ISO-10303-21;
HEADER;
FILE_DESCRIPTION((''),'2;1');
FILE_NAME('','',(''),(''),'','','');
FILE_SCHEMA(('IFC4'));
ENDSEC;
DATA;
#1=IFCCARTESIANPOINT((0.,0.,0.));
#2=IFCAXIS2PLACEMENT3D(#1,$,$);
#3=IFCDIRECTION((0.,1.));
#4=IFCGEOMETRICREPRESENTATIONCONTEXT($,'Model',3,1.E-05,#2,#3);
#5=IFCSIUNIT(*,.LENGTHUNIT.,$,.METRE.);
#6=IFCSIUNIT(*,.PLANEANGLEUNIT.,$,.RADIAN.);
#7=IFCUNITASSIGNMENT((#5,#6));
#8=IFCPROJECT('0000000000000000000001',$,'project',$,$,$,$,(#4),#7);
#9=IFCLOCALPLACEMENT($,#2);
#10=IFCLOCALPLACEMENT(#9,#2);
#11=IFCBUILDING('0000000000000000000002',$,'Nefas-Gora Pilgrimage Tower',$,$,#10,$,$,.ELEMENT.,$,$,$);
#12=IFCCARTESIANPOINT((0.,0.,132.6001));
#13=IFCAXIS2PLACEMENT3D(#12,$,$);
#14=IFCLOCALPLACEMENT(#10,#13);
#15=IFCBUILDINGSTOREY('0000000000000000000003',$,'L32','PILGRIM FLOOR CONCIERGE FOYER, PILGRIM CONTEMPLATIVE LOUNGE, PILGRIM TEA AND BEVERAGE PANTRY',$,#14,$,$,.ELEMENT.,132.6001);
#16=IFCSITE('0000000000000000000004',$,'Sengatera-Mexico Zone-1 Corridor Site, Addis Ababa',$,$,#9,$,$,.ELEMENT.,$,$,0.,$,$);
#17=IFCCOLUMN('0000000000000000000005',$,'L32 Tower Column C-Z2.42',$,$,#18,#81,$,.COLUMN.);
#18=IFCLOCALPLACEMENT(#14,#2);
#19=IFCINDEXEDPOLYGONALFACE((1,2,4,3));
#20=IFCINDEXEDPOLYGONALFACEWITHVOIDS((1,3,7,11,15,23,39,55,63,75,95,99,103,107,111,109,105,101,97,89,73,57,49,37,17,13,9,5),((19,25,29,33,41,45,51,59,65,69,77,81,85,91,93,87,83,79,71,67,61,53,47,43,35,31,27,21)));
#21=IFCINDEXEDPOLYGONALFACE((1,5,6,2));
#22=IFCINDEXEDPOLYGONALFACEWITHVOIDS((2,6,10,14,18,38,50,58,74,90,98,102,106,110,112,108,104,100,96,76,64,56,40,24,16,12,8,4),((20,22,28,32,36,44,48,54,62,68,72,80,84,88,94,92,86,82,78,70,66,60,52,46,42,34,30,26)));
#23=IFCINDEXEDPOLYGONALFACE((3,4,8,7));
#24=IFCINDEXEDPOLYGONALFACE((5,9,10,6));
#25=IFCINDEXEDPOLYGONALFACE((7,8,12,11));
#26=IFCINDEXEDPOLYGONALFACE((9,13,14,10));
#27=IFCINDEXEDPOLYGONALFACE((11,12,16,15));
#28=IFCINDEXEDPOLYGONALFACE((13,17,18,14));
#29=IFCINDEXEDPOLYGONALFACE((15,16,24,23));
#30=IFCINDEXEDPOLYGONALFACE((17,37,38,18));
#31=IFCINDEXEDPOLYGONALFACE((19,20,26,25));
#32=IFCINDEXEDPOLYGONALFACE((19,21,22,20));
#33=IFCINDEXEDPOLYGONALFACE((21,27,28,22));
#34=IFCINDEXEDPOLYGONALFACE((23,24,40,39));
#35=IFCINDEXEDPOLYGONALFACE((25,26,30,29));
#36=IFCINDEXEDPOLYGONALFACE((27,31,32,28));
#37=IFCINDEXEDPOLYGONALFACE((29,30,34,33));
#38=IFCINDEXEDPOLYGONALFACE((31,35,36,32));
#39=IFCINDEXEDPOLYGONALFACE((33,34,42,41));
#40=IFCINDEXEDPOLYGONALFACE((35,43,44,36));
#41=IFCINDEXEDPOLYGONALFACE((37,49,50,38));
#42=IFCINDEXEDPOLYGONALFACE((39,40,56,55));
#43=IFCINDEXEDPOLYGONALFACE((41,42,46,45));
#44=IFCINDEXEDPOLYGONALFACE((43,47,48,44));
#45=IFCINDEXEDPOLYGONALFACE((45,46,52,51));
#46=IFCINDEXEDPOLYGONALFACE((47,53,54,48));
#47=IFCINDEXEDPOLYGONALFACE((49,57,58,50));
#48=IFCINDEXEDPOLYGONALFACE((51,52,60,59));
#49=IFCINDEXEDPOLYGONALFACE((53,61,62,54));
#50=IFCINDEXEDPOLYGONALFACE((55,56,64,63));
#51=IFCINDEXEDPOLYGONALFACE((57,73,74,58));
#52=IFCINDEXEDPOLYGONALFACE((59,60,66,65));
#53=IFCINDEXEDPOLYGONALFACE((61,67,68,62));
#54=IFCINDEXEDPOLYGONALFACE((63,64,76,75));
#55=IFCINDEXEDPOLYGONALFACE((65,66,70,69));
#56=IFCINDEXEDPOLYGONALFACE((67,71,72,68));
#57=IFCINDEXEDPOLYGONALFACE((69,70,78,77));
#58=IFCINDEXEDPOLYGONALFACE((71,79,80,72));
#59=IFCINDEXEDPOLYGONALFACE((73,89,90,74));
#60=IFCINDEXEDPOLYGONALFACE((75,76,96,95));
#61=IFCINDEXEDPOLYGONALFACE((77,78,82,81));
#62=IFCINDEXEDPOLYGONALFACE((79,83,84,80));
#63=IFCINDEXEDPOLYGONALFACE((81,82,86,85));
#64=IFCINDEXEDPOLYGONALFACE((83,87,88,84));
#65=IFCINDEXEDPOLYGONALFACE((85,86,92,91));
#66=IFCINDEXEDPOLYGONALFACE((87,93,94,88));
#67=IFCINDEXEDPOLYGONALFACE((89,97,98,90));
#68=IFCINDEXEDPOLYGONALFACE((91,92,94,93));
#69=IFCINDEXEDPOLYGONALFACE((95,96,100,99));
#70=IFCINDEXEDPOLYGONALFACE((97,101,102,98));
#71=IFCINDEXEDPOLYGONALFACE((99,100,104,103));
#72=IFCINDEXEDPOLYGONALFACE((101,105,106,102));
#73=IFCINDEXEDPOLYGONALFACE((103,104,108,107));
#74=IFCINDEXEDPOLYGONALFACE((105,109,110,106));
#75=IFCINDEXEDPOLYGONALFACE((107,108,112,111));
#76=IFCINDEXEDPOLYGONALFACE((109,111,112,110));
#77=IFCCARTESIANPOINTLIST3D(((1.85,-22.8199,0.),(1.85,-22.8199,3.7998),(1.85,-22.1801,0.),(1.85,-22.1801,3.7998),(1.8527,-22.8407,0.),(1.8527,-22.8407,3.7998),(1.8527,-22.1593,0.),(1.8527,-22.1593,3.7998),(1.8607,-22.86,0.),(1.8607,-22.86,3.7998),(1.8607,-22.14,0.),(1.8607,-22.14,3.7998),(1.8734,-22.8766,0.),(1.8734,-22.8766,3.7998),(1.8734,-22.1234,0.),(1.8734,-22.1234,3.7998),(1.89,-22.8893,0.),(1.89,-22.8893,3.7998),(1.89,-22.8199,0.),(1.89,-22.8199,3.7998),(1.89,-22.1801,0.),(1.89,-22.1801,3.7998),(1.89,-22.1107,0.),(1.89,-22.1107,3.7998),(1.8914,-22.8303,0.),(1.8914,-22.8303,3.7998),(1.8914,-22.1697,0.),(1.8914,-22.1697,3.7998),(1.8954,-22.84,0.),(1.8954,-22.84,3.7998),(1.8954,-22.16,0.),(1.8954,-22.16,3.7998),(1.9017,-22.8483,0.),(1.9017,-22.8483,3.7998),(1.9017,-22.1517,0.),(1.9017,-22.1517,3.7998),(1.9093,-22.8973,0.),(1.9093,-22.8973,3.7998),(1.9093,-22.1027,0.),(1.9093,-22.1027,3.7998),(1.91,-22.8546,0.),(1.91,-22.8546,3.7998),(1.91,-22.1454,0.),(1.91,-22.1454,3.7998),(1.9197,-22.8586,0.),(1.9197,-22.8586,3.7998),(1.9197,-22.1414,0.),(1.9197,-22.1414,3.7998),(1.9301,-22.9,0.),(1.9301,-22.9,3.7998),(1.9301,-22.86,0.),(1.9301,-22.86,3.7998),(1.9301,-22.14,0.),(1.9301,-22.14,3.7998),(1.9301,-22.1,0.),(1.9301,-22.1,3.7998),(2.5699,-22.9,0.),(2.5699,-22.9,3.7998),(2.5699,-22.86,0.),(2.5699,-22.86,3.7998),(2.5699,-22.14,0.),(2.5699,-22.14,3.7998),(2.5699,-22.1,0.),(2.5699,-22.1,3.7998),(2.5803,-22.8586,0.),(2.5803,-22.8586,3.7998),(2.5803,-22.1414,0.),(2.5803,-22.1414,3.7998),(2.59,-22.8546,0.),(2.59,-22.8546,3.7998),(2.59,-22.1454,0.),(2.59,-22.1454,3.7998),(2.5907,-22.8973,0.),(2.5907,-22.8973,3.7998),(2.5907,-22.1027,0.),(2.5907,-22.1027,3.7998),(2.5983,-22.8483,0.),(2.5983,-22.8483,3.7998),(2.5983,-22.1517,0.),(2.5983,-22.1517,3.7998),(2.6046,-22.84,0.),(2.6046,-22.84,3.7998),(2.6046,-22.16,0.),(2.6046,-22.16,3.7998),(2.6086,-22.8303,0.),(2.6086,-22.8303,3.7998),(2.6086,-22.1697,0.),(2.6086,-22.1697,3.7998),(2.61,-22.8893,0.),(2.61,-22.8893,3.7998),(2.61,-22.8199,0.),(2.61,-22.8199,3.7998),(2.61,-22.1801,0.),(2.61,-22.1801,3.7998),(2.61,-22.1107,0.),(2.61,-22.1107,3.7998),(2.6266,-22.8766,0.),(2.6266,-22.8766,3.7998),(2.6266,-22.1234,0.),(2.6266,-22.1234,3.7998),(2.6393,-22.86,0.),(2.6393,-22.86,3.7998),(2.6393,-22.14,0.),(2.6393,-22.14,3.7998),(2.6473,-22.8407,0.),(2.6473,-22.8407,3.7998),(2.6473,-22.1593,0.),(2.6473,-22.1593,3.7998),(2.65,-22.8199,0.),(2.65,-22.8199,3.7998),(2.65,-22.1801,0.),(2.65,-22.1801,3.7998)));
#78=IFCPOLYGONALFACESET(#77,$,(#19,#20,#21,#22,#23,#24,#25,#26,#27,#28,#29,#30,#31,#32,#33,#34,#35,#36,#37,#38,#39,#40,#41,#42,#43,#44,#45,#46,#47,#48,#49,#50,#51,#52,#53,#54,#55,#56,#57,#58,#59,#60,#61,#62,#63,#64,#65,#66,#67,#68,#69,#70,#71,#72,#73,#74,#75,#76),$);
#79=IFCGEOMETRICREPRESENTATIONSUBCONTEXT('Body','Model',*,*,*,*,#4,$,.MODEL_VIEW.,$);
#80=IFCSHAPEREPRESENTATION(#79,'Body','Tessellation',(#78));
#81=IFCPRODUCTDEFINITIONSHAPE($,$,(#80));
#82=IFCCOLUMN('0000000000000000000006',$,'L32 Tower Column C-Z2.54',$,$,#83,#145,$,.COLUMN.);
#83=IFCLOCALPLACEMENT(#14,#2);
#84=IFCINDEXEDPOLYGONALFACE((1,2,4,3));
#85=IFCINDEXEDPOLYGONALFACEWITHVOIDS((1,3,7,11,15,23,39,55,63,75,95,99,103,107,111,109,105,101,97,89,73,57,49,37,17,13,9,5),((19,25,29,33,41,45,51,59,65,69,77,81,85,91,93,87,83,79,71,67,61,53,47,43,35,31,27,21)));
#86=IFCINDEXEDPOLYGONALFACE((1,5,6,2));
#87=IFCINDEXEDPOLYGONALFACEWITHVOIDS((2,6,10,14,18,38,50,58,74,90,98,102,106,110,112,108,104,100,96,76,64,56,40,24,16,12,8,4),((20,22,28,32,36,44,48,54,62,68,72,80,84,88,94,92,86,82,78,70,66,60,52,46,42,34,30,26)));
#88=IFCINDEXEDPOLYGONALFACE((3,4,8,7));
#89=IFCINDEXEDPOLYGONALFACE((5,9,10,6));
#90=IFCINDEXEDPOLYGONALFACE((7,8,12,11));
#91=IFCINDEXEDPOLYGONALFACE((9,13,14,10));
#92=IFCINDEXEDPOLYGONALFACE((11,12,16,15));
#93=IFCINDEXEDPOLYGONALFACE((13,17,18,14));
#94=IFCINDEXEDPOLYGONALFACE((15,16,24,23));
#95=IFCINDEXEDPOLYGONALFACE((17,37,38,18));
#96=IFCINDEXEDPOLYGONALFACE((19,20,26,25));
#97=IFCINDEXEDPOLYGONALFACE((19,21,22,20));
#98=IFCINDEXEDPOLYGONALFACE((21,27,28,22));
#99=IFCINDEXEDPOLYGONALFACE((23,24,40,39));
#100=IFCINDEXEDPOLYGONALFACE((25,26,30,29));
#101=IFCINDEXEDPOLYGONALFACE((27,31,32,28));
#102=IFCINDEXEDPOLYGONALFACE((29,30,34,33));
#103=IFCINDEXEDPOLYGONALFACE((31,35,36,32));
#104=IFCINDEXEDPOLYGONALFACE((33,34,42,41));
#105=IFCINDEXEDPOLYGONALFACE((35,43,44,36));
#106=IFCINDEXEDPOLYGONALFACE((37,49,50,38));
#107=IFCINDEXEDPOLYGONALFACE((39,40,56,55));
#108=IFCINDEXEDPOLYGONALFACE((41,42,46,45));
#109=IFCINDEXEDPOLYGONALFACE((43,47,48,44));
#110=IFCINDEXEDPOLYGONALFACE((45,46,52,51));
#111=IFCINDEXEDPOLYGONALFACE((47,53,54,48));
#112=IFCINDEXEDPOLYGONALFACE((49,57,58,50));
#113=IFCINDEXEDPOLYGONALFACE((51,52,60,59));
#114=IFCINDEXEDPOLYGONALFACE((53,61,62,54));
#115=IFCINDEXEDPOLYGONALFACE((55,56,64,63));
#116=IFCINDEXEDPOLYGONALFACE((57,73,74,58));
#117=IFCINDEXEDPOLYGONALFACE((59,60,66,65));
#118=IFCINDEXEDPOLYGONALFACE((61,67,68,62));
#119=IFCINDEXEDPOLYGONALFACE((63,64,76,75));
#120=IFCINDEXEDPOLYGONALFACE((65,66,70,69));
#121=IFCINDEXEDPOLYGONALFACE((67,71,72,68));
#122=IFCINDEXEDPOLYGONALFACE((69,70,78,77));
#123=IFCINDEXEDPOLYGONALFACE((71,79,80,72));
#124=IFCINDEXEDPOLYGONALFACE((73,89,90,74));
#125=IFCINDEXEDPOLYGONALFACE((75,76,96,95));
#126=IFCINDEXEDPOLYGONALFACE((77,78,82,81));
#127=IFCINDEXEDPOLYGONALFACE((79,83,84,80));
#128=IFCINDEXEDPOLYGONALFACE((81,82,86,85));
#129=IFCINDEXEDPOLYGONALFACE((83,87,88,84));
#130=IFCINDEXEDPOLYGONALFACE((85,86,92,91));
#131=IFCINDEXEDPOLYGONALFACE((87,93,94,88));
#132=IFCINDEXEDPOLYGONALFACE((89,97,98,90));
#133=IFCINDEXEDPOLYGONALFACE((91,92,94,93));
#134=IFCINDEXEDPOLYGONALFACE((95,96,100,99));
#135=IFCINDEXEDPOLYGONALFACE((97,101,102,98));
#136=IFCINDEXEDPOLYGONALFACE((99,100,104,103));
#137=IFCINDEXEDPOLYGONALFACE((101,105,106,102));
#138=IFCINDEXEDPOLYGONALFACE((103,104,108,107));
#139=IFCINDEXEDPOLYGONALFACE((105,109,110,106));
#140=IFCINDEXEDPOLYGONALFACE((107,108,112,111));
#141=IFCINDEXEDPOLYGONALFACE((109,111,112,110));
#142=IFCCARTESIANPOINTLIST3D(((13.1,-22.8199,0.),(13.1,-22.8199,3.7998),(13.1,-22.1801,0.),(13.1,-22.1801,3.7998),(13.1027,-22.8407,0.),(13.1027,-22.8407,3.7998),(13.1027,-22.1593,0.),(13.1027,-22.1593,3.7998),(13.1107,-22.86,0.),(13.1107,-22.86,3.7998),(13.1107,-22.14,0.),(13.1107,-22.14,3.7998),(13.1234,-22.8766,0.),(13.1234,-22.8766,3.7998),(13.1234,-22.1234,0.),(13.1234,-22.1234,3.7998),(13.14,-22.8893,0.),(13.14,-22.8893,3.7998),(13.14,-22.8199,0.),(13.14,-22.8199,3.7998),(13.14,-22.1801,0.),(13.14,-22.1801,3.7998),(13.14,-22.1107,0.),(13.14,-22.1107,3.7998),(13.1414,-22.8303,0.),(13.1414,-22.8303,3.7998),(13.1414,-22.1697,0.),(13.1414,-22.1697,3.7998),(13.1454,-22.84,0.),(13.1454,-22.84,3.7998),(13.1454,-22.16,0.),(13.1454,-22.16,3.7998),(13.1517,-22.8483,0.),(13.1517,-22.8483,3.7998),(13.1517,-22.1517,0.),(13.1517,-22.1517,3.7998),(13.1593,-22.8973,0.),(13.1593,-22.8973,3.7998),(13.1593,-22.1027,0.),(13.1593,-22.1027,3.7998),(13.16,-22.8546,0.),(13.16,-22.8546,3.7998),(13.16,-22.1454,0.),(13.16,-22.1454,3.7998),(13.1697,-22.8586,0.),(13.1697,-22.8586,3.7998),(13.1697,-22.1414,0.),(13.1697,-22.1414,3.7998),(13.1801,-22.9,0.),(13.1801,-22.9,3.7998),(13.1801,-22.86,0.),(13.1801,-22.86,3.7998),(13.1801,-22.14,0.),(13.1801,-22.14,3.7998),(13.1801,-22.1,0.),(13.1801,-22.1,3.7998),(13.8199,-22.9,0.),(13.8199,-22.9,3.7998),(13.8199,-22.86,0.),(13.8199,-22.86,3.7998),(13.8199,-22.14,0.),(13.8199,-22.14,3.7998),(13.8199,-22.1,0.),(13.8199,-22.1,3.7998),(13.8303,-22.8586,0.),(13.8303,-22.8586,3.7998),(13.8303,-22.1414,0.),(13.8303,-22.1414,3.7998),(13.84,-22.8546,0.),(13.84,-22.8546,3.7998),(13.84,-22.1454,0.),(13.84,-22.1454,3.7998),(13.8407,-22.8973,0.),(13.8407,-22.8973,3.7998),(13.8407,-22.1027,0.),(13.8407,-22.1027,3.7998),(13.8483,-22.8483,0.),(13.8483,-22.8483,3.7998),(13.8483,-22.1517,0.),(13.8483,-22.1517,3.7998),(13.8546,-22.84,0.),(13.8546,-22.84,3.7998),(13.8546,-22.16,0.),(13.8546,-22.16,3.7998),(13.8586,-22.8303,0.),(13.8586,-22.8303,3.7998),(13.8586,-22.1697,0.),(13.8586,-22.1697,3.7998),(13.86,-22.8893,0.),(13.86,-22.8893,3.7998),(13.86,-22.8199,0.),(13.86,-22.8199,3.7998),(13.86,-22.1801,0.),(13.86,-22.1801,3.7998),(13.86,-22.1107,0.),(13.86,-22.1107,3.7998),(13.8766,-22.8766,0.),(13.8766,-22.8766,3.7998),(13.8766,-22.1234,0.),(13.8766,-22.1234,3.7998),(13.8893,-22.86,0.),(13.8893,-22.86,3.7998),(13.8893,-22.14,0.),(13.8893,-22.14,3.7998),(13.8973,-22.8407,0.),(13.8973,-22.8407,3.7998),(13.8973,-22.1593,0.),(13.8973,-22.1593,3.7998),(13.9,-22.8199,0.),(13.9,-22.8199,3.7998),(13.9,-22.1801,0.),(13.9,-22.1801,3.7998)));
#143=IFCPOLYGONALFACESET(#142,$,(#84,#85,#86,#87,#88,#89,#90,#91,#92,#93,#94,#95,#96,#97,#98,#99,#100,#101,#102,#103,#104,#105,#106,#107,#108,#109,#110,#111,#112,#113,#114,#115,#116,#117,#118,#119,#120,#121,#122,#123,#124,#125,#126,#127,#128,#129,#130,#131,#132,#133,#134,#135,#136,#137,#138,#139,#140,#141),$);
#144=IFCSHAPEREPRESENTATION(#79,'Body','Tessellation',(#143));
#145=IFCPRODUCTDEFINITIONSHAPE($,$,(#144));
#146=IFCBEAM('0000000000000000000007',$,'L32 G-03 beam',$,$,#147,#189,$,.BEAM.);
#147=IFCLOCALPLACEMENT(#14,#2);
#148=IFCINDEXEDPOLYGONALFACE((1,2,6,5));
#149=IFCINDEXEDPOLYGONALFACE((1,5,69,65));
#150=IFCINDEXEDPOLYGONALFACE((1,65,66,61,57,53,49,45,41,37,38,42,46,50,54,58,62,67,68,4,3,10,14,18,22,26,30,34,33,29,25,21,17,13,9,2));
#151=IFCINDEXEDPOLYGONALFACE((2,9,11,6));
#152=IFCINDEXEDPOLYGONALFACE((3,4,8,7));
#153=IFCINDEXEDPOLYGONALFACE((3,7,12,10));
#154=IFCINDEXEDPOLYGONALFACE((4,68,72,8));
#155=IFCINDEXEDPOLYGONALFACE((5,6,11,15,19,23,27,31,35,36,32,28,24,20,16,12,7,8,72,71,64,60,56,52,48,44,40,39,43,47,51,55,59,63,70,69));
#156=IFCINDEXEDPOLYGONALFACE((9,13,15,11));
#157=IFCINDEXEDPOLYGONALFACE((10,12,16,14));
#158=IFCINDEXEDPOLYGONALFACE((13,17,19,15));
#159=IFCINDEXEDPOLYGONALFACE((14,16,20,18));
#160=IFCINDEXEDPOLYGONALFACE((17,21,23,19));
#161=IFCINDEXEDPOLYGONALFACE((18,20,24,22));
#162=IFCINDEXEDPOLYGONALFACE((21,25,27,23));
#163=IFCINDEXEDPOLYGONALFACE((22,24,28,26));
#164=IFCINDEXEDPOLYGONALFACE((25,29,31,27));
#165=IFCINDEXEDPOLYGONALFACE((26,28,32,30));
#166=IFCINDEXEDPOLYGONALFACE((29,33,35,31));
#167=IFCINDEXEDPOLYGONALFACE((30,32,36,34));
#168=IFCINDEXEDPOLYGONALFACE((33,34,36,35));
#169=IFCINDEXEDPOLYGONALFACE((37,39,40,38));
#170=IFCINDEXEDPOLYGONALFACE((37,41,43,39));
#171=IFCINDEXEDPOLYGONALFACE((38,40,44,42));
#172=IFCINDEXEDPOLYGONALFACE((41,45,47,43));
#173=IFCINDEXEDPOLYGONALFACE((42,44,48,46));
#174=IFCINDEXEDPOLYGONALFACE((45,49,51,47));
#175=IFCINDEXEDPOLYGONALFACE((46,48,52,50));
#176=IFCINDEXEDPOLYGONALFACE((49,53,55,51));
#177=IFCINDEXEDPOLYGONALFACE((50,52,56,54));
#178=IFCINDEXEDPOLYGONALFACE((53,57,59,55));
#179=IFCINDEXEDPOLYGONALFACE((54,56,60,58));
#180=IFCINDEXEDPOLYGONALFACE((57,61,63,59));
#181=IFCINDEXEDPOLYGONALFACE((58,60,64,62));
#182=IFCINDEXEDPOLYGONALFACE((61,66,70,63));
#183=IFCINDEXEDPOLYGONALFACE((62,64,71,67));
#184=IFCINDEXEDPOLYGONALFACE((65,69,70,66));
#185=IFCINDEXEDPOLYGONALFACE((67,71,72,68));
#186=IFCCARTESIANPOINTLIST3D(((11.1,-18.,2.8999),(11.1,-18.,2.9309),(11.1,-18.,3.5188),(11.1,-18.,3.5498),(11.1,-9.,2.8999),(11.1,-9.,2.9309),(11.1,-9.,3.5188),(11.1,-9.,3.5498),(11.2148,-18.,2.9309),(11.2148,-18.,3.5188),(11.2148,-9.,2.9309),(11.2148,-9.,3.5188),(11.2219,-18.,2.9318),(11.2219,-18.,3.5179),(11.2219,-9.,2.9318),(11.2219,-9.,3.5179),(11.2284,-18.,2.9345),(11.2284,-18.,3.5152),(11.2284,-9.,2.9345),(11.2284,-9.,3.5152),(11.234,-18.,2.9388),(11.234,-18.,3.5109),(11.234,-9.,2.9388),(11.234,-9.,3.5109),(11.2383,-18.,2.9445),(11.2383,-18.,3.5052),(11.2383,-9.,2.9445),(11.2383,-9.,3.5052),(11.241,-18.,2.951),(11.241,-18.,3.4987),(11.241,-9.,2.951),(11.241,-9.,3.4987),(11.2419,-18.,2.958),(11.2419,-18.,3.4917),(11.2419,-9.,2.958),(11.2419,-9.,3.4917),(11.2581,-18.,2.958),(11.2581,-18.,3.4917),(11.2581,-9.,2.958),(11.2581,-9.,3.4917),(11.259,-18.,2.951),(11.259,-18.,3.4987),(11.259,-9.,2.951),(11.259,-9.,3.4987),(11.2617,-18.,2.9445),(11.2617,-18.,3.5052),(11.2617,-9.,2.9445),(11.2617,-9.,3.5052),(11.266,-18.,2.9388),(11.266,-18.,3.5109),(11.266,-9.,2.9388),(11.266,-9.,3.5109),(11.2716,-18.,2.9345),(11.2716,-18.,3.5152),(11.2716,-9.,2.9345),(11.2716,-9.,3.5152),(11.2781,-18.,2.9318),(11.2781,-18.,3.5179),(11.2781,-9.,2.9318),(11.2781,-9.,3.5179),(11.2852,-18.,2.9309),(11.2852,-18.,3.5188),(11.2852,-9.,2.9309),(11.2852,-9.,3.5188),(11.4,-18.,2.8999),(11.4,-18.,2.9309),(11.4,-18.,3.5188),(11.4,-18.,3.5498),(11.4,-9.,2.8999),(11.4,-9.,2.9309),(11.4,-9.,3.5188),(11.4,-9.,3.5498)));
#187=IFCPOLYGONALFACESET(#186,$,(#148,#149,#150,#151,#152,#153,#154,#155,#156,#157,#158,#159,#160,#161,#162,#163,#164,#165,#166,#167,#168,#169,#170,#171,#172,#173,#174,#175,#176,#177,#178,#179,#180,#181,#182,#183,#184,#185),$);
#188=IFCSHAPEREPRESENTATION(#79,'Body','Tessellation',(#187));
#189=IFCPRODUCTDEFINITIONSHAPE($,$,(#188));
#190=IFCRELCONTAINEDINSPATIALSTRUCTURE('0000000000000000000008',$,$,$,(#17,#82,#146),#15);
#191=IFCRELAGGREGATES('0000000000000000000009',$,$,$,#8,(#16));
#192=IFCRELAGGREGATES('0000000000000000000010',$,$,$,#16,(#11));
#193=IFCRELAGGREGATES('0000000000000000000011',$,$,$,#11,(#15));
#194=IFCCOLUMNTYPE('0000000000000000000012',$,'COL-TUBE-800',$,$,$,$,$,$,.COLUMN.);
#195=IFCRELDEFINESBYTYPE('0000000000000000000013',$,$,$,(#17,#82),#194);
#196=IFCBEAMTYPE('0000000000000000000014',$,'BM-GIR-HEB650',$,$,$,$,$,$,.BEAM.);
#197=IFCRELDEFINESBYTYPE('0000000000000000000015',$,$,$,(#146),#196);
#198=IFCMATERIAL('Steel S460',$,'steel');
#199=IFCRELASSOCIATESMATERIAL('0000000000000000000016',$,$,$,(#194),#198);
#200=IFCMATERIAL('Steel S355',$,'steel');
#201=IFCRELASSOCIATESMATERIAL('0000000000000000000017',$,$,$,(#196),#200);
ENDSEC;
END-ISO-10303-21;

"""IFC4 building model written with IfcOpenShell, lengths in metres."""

from ifc_helpers import new_model, si_unit, direction, frame, origin, origin_2d, place, context, subcontext, project, spatial, hollow_rectangle, i_section, extrude, source, transform, mapped, material, material_profile, profile_set, type_object, element, save


model = new_model("IFC4")

# Units and contexts
model_context = context("Model", 3, precision=1e-05, world=origin(), true_north=direction((0.0, 1.0)))
body_context = subcontext(model_context, "Body", "Model", "MODEL_VIEW")
ifc_project = project(units=[si_unit("LENGTHUNIT", "METRE"), si_unit("PLANEANGLEUNIT", "RADIAN")], contexts=[model_context])

# Site, building, storey
site_placement = place(None, origin())
site = spatial("IfcSite", under=ifc_project, at=site_placement, Name="Sengatera-Mexico Zone-1 Corridor Site, Addis Ababa", CompositionType="ELEMENT", RefElevation=0.0)
building_placement = place(site_placement, origin())
building = spatial("IfcBuilding", under=site, at=building_placement, Name="Nefas-Gora Pilgrimage Tower", CompositionType="ELEMENT")
storey_placement = place(building_placement, frame((0.0, 0.0, 132.6001)))
storey = spatial("IfcBuildingStorey", under=building, at=storey_placement, Name="L32", Description="PILGRIM FLOOR CONCIERGE FOYER, PILGRIM CONTEMPLATIVE LOUNGE, PILGRIM TEA AND BEVERAGE PANTRY", CompositionType="ELEMENT", Elevation=132.6001)

# Columns
ifc_material_1 = material(Name="Steel S460", Category="steel")
ifc_material_profile_1 = material_profile(ifc_material_1, hollow_rectangle(XDim=0.8, YDim=0.8, WallThickness=0.04, InnerFilletRadius=0.04, OuterFilletRadius=0.0801, at=origin_2d()), Name="BOX 800x800x40")
ifc_profile_set_1 = profile_set([ifc_material_profile_1], Name="Steel S460")
column_type_1 = type_object("IfcColumnType", Name="COL-TUBE-800", PredefinedType="COLUMN", material=ifc_profile_set_1)
shared_shape_1 = source(origin(), body_context, "Body", "SweptSolid", [
    extrude(hollow_rectangle(XDim=0.8, YDim=0.8, WallThickness=0.04, InnerFilletRadius=0.04, OuterFilletRadius=0.0801, at=origin_2d()), origin(), (0.0, 0.0, 1.0), 3.7998),
])
for number, where, z_axis, x_axis, name in (
    (1, (2.25, -22.5, 0.0), (0.0, 0.0, 1.0), (1.0, 0.0, 0.0), "L32 Tower Column C-Z2.42"),
    (2, (13.5, -22.5, 0.0), (0.0, 0.0, 1.0), (1.0, 0.0, 0.0), "L32 Tower Column C-Z2.54"),
):
    element("IfcColumn", number, at=place(storey_placement, frame(where, z_axis=z_axis, x_axis=x_axis)), inside=storey, type_object=column_type_1, Name=name, PredefinedType="COLUMN", context=body_context, shape_type="MappedRepresentation", body=[
        mapped(shared_shape_1, transform((0.0, 0.0, 0.0), x_axis=(1.0, 0.0, 0.0), y_axis=(0.0, 1.0, 0.0), z_axis=(0.0, 0.0, 1.0), scale=1.0)),
    ])

# Beam
ifc_material_2 = material(Name="Steel S355", Category="steel")
ifc_material_profile_2 = material_profile(ifc_material_2, i_section(OverallWidth=0.3, OverallDepth=0.6499, WebThickness=0.0161, FlangeThickness=0.031, FilletRadius=0.0271, at=origin_2d()), Name="HEB 650")
ifc_profile_set_2 = profile_set([ifc_material_profile_2], Name="Steel S355")
beam_type_1 = type_object("IfcBeamType", Name="BM-GIR-HEB650", PredefinedType="BEAM", material=ifc_profile_set_2)
shared_shape_2 = source(origin(), body_context, "Body", "SweptSolid", [
    extrude(i_section(OverallWidth=0.3, OverallDepth=0.6499, WebThickness=0.0161, FlangeThickness=0.031, FilletRadius=0.0271, at=origin_2d()), origin(), (0.0, 0.0, 1.0), 9.0),
])
beam_1_placement = place(storey_placement, frame((11.25, -18.0, 3.2249), z_axis=(0.0, 1.0, 0.0), x_axis=(-1.0, 0.0, 0.0)))
element("IfcBeam", 3, at=beam_1_placement, inside=storey, type_object=beam_type_1, Name="L32 G-03 beam", PredefinedType="BEAM", context=body_context, shape_type="MappedRepresentation", body=[
    mapped(shared_shape_2, transform((0.0, 0.0, 0.0), x_axis=(1.0, 0.0, 0.0), y_axis=(0.0, 1.0, 0.0), z_axis=(0.0, 0.0, 1.0), scale=1.0)),
])

save(model, "model.ifc")
